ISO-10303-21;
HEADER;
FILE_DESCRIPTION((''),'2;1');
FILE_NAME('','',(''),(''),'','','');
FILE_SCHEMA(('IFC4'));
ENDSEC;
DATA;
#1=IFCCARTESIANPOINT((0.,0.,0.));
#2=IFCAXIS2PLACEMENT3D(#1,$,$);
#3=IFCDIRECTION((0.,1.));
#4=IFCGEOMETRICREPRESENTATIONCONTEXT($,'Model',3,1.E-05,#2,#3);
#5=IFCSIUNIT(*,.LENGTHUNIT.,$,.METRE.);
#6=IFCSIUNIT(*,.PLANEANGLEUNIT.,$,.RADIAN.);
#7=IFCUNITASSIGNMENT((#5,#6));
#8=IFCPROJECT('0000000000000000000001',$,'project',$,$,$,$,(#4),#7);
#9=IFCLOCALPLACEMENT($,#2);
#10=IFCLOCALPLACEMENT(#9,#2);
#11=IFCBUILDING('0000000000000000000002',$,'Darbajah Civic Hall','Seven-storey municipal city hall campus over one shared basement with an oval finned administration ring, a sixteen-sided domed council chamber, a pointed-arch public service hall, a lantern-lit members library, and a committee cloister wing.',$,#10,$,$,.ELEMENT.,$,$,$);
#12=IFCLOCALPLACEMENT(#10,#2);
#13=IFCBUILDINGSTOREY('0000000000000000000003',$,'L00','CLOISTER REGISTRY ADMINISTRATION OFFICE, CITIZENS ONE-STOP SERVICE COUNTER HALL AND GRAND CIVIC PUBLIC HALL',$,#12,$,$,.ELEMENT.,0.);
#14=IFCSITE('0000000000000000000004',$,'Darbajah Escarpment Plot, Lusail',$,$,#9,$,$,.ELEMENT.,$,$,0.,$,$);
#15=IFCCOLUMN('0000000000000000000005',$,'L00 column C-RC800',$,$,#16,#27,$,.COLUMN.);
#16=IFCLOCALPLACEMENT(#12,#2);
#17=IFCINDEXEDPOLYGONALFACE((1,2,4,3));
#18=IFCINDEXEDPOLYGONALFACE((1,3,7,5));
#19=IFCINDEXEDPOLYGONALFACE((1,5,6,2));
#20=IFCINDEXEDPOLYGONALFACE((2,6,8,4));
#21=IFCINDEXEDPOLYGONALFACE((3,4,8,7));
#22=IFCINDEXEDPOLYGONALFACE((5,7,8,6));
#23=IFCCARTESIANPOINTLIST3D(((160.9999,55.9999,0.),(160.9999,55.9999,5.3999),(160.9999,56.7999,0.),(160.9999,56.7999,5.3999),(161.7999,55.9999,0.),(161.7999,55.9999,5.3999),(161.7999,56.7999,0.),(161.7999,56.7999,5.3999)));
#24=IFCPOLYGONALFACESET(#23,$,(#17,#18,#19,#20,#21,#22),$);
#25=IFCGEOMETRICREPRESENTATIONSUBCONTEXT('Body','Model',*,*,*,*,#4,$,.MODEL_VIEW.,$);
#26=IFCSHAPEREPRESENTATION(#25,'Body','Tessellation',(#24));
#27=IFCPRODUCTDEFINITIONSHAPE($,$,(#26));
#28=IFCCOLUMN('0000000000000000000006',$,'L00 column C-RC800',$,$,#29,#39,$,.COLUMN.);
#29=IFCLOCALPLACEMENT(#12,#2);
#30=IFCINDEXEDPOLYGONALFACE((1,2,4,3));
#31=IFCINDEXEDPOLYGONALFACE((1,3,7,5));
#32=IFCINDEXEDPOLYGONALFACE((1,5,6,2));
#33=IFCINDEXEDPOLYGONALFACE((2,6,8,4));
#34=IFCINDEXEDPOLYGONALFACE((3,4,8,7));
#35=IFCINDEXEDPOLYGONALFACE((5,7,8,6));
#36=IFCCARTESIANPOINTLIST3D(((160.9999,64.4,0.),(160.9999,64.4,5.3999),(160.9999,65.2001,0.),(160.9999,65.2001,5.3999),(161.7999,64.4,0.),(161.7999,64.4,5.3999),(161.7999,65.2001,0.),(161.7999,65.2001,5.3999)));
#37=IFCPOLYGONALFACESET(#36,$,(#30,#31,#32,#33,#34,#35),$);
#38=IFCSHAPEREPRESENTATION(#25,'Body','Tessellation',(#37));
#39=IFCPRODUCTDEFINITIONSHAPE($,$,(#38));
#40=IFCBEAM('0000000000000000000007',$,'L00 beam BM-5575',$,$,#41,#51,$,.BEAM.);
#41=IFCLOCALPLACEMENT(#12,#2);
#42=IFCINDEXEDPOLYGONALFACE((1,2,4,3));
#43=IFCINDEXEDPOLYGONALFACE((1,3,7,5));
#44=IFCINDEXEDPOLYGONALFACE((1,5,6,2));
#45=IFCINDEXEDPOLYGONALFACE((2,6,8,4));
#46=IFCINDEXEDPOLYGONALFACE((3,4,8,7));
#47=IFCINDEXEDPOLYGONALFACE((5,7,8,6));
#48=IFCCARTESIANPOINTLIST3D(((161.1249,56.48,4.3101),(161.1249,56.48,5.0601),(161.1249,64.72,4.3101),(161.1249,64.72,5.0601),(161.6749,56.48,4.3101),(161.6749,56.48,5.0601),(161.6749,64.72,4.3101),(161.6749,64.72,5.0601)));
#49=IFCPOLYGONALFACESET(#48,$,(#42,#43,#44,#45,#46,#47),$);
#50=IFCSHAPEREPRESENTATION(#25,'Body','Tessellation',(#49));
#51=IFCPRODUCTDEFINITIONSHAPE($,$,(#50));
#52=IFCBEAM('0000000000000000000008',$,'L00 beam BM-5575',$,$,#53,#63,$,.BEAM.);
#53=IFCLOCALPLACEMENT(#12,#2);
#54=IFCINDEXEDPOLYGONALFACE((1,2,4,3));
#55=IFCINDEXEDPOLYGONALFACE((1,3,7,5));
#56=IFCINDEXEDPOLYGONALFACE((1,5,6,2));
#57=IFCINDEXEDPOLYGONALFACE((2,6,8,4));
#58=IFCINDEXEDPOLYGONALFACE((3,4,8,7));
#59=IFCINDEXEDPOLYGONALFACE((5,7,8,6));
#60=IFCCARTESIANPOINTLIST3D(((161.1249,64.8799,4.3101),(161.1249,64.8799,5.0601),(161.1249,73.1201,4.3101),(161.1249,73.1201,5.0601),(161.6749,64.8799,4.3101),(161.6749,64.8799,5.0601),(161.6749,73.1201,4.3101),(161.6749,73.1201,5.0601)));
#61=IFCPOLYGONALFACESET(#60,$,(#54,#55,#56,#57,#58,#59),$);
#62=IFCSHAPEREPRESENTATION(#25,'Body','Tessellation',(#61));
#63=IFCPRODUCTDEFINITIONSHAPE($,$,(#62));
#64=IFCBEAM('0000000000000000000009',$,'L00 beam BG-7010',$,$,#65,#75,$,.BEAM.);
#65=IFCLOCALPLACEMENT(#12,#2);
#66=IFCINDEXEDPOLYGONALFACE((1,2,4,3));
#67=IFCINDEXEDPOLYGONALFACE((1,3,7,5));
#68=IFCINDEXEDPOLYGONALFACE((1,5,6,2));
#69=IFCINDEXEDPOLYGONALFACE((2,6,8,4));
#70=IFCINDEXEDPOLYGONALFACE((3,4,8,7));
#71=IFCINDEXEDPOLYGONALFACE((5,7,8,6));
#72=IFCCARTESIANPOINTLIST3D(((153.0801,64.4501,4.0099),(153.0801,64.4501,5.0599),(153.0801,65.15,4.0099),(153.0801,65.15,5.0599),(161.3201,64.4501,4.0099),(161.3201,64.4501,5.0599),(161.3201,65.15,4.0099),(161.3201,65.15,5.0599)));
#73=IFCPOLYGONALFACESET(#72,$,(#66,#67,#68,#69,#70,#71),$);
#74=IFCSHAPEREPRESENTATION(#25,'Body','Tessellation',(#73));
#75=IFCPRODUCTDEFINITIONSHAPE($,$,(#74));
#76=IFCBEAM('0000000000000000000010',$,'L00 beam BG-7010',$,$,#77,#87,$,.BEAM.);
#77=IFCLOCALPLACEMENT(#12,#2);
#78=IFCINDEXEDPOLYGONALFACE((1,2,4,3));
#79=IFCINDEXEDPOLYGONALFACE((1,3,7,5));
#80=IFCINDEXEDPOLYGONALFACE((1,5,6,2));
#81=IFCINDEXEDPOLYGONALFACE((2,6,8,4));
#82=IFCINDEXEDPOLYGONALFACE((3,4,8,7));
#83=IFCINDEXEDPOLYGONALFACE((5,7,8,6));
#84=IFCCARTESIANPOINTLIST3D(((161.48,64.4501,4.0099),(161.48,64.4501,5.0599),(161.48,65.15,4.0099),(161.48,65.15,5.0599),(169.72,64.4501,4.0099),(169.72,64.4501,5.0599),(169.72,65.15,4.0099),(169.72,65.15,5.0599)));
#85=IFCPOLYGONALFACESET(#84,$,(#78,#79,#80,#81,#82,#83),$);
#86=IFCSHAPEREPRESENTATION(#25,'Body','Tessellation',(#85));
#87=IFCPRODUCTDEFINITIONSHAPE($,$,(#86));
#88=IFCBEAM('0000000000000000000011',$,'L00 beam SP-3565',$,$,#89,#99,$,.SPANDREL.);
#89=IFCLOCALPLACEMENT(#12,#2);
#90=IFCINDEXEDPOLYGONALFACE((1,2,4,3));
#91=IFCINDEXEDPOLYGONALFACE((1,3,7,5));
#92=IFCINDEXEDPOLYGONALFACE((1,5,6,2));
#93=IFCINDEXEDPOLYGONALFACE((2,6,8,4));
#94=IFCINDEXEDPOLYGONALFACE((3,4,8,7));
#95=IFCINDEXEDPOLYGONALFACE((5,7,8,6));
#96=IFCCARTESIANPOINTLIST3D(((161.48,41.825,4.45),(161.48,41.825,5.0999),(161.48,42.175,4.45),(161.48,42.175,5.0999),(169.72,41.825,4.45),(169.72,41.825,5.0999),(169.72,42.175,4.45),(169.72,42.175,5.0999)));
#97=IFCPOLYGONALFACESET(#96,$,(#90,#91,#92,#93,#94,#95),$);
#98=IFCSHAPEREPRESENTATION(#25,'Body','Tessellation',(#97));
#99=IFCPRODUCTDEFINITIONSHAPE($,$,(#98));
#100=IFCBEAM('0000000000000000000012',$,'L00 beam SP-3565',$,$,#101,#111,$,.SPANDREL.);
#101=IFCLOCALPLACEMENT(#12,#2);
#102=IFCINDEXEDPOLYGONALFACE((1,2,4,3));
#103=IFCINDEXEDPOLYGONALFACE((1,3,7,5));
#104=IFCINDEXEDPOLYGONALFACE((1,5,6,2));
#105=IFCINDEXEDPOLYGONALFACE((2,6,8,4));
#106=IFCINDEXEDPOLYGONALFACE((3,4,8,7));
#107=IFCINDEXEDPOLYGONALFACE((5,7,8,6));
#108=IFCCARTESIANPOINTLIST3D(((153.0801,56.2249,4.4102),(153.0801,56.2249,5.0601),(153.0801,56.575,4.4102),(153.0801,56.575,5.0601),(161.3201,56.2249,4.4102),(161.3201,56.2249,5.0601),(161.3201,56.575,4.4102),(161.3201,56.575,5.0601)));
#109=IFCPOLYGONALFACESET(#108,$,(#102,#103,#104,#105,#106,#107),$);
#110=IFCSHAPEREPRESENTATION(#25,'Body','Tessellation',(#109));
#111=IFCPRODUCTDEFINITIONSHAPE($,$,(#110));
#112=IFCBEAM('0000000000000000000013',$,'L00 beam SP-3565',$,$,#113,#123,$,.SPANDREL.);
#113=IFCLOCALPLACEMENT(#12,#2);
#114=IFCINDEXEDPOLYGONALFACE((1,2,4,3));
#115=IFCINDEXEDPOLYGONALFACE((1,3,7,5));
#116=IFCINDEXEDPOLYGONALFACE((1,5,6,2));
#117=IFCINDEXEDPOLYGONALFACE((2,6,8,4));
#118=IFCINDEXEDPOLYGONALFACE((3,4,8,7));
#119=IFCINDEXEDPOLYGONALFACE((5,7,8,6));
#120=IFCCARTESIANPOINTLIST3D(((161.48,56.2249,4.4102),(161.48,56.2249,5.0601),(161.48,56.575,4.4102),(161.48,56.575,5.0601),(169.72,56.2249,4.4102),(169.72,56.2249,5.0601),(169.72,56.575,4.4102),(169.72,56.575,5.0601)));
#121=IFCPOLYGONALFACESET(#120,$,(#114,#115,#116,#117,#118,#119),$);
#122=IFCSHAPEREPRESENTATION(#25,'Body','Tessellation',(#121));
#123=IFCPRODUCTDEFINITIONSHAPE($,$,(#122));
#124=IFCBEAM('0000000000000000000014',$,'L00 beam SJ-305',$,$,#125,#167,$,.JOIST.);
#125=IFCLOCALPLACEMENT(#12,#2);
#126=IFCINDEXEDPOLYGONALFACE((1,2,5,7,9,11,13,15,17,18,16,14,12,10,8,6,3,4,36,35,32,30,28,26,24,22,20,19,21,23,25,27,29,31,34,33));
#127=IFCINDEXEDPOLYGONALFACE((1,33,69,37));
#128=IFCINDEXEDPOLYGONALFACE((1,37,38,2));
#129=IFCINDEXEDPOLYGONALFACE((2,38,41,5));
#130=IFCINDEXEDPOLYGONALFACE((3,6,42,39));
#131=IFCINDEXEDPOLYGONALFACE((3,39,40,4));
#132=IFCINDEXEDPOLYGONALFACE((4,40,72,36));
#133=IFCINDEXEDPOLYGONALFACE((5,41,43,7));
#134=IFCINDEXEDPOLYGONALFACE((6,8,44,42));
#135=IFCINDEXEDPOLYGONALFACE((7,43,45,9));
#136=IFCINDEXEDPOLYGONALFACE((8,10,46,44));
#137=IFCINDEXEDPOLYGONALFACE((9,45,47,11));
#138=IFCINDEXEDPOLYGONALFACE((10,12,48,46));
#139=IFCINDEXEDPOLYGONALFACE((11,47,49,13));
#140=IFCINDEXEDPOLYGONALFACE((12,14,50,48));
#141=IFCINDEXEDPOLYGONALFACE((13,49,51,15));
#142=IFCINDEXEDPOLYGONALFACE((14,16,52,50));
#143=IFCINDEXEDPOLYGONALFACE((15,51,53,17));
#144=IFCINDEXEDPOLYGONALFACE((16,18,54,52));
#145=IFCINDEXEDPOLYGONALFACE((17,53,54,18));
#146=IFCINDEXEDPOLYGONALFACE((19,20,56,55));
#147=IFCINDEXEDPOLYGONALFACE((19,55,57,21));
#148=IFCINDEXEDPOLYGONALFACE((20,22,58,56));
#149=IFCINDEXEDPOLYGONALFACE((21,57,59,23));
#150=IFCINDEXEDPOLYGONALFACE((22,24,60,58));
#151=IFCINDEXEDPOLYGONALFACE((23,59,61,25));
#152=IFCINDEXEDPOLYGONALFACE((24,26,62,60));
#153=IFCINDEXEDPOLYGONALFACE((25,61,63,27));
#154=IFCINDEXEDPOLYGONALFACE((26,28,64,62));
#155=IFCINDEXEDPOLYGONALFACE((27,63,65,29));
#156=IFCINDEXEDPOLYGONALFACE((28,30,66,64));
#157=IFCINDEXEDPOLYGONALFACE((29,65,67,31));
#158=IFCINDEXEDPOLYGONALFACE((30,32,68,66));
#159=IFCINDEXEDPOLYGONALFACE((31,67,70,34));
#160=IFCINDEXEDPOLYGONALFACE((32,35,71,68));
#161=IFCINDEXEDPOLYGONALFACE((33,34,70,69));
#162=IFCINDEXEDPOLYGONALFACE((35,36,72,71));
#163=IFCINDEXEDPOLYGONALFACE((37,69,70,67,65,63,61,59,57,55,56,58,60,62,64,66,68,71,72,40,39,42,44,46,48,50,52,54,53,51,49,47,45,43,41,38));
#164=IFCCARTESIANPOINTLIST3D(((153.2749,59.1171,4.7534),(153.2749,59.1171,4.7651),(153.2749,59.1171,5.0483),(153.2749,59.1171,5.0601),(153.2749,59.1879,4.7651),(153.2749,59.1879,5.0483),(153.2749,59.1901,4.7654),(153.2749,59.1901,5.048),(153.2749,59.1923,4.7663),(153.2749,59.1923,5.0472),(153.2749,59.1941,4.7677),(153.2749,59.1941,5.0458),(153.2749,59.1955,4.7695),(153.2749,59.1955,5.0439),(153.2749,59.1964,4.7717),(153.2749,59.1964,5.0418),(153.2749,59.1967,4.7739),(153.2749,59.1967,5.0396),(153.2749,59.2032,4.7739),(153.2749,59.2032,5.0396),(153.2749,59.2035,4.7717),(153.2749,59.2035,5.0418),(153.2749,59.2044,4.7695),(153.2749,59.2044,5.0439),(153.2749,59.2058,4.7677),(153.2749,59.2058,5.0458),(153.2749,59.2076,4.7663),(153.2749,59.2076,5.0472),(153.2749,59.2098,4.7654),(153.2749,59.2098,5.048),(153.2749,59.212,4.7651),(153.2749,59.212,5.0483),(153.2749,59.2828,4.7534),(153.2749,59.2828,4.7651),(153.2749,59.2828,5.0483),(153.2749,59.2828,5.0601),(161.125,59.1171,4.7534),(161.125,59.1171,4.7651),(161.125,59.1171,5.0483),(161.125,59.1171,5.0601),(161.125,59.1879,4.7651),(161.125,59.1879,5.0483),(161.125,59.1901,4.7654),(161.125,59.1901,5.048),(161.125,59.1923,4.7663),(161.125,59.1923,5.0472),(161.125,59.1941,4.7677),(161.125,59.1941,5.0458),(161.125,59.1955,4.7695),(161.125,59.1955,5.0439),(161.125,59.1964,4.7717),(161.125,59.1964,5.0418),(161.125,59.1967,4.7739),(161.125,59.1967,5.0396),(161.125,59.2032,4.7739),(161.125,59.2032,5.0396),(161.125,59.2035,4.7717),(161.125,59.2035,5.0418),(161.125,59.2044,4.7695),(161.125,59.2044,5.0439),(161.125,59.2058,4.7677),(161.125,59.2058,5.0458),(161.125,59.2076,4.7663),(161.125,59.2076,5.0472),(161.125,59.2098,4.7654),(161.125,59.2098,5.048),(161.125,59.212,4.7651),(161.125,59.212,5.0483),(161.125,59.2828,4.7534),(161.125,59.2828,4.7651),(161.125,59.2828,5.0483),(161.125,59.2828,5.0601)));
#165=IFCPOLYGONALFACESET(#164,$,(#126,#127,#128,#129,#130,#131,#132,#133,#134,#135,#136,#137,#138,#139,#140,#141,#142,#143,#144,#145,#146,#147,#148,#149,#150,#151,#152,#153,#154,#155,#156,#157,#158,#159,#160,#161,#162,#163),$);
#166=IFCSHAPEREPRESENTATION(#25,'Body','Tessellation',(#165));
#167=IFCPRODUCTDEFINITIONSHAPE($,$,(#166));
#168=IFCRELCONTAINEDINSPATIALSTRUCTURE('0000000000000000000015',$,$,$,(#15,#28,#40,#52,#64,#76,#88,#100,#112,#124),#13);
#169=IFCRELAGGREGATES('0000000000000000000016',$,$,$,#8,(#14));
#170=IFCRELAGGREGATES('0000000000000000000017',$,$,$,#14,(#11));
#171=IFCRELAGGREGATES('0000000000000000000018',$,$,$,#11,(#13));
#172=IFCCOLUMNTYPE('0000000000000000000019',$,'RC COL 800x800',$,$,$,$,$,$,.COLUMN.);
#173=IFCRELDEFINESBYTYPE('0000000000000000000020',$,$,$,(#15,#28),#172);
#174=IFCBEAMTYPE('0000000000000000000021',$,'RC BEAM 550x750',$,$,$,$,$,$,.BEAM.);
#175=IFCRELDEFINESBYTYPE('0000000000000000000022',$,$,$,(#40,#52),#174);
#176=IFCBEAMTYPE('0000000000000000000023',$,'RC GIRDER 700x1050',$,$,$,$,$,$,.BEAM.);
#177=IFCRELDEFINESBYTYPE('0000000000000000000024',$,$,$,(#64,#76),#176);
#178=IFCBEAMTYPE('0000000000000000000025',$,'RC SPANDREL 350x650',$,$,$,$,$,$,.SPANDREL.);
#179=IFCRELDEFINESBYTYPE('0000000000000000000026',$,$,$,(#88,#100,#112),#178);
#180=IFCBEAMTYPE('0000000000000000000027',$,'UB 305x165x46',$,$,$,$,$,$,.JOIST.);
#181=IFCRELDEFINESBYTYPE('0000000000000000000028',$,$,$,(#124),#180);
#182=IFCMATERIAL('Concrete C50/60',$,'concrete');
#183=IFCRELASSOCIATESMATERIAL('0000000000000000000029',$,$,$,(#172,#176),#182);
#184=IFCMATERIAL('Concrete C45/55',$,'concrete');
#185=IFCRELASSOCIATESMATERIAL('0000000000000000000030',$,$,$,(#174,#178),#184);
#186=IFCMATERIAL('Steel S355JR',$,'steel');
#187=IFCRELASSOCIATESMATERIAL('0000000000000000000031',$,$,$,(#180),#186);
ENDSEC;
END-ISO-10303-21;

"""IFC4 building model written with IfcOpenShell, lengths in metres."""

from ifc_helpers import new_model, si_unit, direction, frame, origin, origin_2d, place, context, subcontext, project, spatial, rectangle, i_section, extrude, material, material_profile, profile_set, type_object, element, save


model = new_model("IFC4")

# Units and contexts
model_context = context("Model", 3, precision=1e-05, world=origin(), true_north=direction((0.0, 1.0)))
body_context = subcontext(model_context, "Body", "Model", "MODEL_VIEW")
ifc_project = project(units=[si_unit("LENGTHUNIT", "METRE"), si_unit("PLANEANGLEUNIT", "RADIAN")], contexts=[model_context])

# Site, building, storey
site_placement = place(None, origin())
site = spatial("IfcSite", under=ifc_project, at=site_placement, Name="Darbajah Escarpment Plot, Lusail", CompositionType="ELEMENT", RefElevation=0.0)
building_placement = place(site_placement, origin())
building = spatial("IfcBuilding", under=site, at=building_placement, Name="Darbajah Civic Hall", Description="Seven-storey municipal city hall campus over one shared basement with an oval finned administration ring, a sixteen-sided domed council chamber, a pointed-arch public service hall, a lantern-lit members library, and a committee cloister wing.", CompositionType="ELEMENT")
storey_placement = place(building_placement, origin())
storey = spatial("IfcBuildingStorey", under=building, at=storey_placement, Name="L00", Description="CLOISTER REGISTRY ADMINISTRATION OFFICE, CITIZENS ONE-STOP SERVICE COUNTER HALL AND GRAND CIVIC PUBLIC HALL", CompositionType="ELEMENT", Elevation=0.0)

# Columns
ifc_material_1 = material(Name="Concrete C50/60", Category="concrete")
ifc_material_profile_1 = material_profile(ifc_material_1, rectangle(XDim=0.8, YDim=0.8, at=origin_2d()), Name="RC COL 800x800")
ifc_profile_set_1 = profile_set([ifc_material_profile_1], Name="Concrete C50/60")
column_type = type_object("IfcColumnType", Name="RC COL 800x800", PredefinedType="COLUMN", material=ifc_profile_set_1)
for number, where, z_axis, x_axis, name in (
    (1, (161.3999, 56.3999, 0.0), (0.0, 0.0, 1.0), (1.0, 0.0, 0.0), "L00 column C-RC800"),
    (2, (161.3999, 64.8, 0.0), (0.0, 0.0, 1.0), (1.0, 0.0, 0.0), "L00 column C-RC800"),
):
    element("IfcColumn", number, at=place(storey_placement, frame(where, z_axis=z_axis, x_axis=x_axis)), inside=storey, type_object=column_type, Name=name, PredefinedType="COLUMN", context=body_context, shape_type="SweptSolid", body=[
        extrude(rectangle(XDim=0.8, YDim=0.8, at=origin_2d()), origin(), (0.0, 0.0, 1.0), 5.3999),
    ])

# Beams
ifc_material_2 = material(Name="Concrete C45/55", Category="concrete")
ifc_material_profile_2 = material_profile(ifc_material_2, rectangle(XDim=0.55, YDim=0.75, at=origin_2d()), Name="RC BEAM 550x750")
ifc_profile_set_2 = profile_set([ifc_material_profile_2], Name="Concrete C45/55")
beam_type_1 = type_object("IfcBeamType", Name="RC BEAM 550x750", PredefinedType="BEAM", material=ifc_profile_set_2)
beam_1_placement = place(storey_placement, frame((161.3999, 56.48, 4.6851), z_axis=(0.0, 1.0, 0.0), x_axis=(-1.0, 0.0, 0.0)))
element("IfcBeam", 3, at=beam_1_placement, inside=storey, type_object=beam_type_1, Name="L00 beam BM-5575", PredefinedType="BEAM", context=body_context, shape_type="SweptSolid", body=[
    extrude(rectangle(XDim=0.55, YDim=0.75, at=origin_2d()), origin(), (0.0, 0.0, 1.0), 8.24),
])
beam_2_placement = place(storey_placement, frame((161.3999, 64.8799, 4.6851), z_axis=(0.0, 1.0, 0.0), x_axis=(-1.0, 0.0, 0.0)))
element("IfcBeam", 4, at=beam_2_placement, inside=storey, type_object=beam_type_1, Name="L00 beam BM-5575", PredefinedType="BEAM", context=body_context, shape_type="SweptSolid", body=[
    extrude(rectangle(XDim=0.55, YDim=0.75, at=origin_2d()), origin(), (0.0, 0.0, 1.0), 8.2402),
])
ifc_material_profile_3 = material_profile(ifc_material_1, rectangle(XDim=0.7, YDim=1.05, at=origin_2d()), Name="RC GIRDER 700x1050")
ifc_profile_set_3 = profile_set([ifc_material_profile_3], Name="Concrete C50/60")
beam_type_2 = type_object("IfcBeamType", Name="RC GIRDER 700x1050", PredefinedType="BEAM", material=ifc_profile_set_3)
for number, where, z_axis, x_axis, name in (
    (5, (153.0801, 64.8, 4.5349), (1.0, 0.0, 0.0), (0.0, 1.0, 0.0), "L00 beam BG-7010"),
    (6, (161.48, 64.8, 4.5349), (1.0, 0.0, 0.0), (0.0, 1.0, 0.0), "L00 beam BG-7010"),
):
    element("IfcBeam", number, at=place(storey_placement, frame(where, z_axis=z_axis, x_axis=x_axis)), inside=storey, type_object=beam_type_2, Name=name, PredefinedType="BEAM", context=body_context, shape_type="SweptSolid", body=[
        extrude(rectangle(XDim=0.7, YDim=1.05, at=origin_2d()), origin(), (0.0, 0.0, 1.0), 8.24),
    ])
ifc_material_profile_4 = material_profile(ifc_material_2, rectangle(XDim=0.3501, YDim=0.6499, at=origin_2d()), Name="RC SPANDREL 350x650")
ifc_profile_set_4 = profile_set([ifc_material_profile_4], Name="Concrete C45/55")
beam_type_3 = type_object("IfcBeamType", Name="RC SPANDREL 350x650", PredefinedType="SPANDREL", material=ifc_profile_set_4)
for number, where, z_axis, x_axis, name in (
    (7, (161.48, 42.0, 4.7749), (1.0, 0.0, 0.0), (0.0, 1.0, 0.0), "L00 beam SP-3565"),
    (8, (153.0801, 56.3999, 4.7351), (1.0, 0.0, 0.0), (0.0, 1.0, 0.0), "L00 beam SP-3565"),
    (9, (161.48, 56.3999, 4.7351), (1.0, 0.0, 0.0), (0.0, 1.0, 0.0), "L00 beam SP-3565"),
):
    element("IfcBeam", number, at=place(storey_placement, frame(where, z_axis=z_axis, x_axis=x_axis)), inside=storey, type_object=beam_type_3, Name=name, PredefinedType="SPANDREL", context=body_context, shape_type="SweptSolid", body=[
        extrude(rectangle(XDim=0.3501, YDim=0.6499, at=origin_2d()), origin(), (0.0, 0.0, 1.0), 8.24),
    ])
ifc_material_3 = material(Name="Steel S355JR", Category="steel")
ifc_material_profile_5 = material_profile(ifc_material_3, i_section(OverallWidth=0.1658, OverallDepth=0.3066, WebThickness=0.0066, FlangeThickness=0.0117, FilletRadius=0.0088, at=origin_2d()), Name="UB 305x165x46")
ifc_profile_set_5 = profile_set([ifc_material_profile_5], Name="Steel S355JR")
beam_type_4 = type_object("IfcBeamType", Name="UB 305x165x46", PredefinedType="JOIST", material=ifc_profile_set_5)
for number, where, z_axis, x_axis, name in (
    (10, (153.2749, 59.2, 4.9067), (1.0, 0.0, 0.0), (0.0, 1.0, 0.0), "L00 beam SJ-305"),
):
    element("IfcBeam", number, at=place(storey_placement, frame(where, z_axis=z_axis, x_axis=x_axis)), inside=storey, type_object=beam_type_4, Name=name, PredefinedType="JOIST", context=body_context, shape_type="SweptSolid", body=[
        extrude(i_section(OverallWidth=0.1658, OverallDepth=0.3066, WebThickness=0.0066, FlangeThickness=0.0117, FilletRadius=0.0088, at=origin_2d()), origin(), (0.0, 0.0, 1.0), 7.8501),
    ])

save(model, "model.ifc")
